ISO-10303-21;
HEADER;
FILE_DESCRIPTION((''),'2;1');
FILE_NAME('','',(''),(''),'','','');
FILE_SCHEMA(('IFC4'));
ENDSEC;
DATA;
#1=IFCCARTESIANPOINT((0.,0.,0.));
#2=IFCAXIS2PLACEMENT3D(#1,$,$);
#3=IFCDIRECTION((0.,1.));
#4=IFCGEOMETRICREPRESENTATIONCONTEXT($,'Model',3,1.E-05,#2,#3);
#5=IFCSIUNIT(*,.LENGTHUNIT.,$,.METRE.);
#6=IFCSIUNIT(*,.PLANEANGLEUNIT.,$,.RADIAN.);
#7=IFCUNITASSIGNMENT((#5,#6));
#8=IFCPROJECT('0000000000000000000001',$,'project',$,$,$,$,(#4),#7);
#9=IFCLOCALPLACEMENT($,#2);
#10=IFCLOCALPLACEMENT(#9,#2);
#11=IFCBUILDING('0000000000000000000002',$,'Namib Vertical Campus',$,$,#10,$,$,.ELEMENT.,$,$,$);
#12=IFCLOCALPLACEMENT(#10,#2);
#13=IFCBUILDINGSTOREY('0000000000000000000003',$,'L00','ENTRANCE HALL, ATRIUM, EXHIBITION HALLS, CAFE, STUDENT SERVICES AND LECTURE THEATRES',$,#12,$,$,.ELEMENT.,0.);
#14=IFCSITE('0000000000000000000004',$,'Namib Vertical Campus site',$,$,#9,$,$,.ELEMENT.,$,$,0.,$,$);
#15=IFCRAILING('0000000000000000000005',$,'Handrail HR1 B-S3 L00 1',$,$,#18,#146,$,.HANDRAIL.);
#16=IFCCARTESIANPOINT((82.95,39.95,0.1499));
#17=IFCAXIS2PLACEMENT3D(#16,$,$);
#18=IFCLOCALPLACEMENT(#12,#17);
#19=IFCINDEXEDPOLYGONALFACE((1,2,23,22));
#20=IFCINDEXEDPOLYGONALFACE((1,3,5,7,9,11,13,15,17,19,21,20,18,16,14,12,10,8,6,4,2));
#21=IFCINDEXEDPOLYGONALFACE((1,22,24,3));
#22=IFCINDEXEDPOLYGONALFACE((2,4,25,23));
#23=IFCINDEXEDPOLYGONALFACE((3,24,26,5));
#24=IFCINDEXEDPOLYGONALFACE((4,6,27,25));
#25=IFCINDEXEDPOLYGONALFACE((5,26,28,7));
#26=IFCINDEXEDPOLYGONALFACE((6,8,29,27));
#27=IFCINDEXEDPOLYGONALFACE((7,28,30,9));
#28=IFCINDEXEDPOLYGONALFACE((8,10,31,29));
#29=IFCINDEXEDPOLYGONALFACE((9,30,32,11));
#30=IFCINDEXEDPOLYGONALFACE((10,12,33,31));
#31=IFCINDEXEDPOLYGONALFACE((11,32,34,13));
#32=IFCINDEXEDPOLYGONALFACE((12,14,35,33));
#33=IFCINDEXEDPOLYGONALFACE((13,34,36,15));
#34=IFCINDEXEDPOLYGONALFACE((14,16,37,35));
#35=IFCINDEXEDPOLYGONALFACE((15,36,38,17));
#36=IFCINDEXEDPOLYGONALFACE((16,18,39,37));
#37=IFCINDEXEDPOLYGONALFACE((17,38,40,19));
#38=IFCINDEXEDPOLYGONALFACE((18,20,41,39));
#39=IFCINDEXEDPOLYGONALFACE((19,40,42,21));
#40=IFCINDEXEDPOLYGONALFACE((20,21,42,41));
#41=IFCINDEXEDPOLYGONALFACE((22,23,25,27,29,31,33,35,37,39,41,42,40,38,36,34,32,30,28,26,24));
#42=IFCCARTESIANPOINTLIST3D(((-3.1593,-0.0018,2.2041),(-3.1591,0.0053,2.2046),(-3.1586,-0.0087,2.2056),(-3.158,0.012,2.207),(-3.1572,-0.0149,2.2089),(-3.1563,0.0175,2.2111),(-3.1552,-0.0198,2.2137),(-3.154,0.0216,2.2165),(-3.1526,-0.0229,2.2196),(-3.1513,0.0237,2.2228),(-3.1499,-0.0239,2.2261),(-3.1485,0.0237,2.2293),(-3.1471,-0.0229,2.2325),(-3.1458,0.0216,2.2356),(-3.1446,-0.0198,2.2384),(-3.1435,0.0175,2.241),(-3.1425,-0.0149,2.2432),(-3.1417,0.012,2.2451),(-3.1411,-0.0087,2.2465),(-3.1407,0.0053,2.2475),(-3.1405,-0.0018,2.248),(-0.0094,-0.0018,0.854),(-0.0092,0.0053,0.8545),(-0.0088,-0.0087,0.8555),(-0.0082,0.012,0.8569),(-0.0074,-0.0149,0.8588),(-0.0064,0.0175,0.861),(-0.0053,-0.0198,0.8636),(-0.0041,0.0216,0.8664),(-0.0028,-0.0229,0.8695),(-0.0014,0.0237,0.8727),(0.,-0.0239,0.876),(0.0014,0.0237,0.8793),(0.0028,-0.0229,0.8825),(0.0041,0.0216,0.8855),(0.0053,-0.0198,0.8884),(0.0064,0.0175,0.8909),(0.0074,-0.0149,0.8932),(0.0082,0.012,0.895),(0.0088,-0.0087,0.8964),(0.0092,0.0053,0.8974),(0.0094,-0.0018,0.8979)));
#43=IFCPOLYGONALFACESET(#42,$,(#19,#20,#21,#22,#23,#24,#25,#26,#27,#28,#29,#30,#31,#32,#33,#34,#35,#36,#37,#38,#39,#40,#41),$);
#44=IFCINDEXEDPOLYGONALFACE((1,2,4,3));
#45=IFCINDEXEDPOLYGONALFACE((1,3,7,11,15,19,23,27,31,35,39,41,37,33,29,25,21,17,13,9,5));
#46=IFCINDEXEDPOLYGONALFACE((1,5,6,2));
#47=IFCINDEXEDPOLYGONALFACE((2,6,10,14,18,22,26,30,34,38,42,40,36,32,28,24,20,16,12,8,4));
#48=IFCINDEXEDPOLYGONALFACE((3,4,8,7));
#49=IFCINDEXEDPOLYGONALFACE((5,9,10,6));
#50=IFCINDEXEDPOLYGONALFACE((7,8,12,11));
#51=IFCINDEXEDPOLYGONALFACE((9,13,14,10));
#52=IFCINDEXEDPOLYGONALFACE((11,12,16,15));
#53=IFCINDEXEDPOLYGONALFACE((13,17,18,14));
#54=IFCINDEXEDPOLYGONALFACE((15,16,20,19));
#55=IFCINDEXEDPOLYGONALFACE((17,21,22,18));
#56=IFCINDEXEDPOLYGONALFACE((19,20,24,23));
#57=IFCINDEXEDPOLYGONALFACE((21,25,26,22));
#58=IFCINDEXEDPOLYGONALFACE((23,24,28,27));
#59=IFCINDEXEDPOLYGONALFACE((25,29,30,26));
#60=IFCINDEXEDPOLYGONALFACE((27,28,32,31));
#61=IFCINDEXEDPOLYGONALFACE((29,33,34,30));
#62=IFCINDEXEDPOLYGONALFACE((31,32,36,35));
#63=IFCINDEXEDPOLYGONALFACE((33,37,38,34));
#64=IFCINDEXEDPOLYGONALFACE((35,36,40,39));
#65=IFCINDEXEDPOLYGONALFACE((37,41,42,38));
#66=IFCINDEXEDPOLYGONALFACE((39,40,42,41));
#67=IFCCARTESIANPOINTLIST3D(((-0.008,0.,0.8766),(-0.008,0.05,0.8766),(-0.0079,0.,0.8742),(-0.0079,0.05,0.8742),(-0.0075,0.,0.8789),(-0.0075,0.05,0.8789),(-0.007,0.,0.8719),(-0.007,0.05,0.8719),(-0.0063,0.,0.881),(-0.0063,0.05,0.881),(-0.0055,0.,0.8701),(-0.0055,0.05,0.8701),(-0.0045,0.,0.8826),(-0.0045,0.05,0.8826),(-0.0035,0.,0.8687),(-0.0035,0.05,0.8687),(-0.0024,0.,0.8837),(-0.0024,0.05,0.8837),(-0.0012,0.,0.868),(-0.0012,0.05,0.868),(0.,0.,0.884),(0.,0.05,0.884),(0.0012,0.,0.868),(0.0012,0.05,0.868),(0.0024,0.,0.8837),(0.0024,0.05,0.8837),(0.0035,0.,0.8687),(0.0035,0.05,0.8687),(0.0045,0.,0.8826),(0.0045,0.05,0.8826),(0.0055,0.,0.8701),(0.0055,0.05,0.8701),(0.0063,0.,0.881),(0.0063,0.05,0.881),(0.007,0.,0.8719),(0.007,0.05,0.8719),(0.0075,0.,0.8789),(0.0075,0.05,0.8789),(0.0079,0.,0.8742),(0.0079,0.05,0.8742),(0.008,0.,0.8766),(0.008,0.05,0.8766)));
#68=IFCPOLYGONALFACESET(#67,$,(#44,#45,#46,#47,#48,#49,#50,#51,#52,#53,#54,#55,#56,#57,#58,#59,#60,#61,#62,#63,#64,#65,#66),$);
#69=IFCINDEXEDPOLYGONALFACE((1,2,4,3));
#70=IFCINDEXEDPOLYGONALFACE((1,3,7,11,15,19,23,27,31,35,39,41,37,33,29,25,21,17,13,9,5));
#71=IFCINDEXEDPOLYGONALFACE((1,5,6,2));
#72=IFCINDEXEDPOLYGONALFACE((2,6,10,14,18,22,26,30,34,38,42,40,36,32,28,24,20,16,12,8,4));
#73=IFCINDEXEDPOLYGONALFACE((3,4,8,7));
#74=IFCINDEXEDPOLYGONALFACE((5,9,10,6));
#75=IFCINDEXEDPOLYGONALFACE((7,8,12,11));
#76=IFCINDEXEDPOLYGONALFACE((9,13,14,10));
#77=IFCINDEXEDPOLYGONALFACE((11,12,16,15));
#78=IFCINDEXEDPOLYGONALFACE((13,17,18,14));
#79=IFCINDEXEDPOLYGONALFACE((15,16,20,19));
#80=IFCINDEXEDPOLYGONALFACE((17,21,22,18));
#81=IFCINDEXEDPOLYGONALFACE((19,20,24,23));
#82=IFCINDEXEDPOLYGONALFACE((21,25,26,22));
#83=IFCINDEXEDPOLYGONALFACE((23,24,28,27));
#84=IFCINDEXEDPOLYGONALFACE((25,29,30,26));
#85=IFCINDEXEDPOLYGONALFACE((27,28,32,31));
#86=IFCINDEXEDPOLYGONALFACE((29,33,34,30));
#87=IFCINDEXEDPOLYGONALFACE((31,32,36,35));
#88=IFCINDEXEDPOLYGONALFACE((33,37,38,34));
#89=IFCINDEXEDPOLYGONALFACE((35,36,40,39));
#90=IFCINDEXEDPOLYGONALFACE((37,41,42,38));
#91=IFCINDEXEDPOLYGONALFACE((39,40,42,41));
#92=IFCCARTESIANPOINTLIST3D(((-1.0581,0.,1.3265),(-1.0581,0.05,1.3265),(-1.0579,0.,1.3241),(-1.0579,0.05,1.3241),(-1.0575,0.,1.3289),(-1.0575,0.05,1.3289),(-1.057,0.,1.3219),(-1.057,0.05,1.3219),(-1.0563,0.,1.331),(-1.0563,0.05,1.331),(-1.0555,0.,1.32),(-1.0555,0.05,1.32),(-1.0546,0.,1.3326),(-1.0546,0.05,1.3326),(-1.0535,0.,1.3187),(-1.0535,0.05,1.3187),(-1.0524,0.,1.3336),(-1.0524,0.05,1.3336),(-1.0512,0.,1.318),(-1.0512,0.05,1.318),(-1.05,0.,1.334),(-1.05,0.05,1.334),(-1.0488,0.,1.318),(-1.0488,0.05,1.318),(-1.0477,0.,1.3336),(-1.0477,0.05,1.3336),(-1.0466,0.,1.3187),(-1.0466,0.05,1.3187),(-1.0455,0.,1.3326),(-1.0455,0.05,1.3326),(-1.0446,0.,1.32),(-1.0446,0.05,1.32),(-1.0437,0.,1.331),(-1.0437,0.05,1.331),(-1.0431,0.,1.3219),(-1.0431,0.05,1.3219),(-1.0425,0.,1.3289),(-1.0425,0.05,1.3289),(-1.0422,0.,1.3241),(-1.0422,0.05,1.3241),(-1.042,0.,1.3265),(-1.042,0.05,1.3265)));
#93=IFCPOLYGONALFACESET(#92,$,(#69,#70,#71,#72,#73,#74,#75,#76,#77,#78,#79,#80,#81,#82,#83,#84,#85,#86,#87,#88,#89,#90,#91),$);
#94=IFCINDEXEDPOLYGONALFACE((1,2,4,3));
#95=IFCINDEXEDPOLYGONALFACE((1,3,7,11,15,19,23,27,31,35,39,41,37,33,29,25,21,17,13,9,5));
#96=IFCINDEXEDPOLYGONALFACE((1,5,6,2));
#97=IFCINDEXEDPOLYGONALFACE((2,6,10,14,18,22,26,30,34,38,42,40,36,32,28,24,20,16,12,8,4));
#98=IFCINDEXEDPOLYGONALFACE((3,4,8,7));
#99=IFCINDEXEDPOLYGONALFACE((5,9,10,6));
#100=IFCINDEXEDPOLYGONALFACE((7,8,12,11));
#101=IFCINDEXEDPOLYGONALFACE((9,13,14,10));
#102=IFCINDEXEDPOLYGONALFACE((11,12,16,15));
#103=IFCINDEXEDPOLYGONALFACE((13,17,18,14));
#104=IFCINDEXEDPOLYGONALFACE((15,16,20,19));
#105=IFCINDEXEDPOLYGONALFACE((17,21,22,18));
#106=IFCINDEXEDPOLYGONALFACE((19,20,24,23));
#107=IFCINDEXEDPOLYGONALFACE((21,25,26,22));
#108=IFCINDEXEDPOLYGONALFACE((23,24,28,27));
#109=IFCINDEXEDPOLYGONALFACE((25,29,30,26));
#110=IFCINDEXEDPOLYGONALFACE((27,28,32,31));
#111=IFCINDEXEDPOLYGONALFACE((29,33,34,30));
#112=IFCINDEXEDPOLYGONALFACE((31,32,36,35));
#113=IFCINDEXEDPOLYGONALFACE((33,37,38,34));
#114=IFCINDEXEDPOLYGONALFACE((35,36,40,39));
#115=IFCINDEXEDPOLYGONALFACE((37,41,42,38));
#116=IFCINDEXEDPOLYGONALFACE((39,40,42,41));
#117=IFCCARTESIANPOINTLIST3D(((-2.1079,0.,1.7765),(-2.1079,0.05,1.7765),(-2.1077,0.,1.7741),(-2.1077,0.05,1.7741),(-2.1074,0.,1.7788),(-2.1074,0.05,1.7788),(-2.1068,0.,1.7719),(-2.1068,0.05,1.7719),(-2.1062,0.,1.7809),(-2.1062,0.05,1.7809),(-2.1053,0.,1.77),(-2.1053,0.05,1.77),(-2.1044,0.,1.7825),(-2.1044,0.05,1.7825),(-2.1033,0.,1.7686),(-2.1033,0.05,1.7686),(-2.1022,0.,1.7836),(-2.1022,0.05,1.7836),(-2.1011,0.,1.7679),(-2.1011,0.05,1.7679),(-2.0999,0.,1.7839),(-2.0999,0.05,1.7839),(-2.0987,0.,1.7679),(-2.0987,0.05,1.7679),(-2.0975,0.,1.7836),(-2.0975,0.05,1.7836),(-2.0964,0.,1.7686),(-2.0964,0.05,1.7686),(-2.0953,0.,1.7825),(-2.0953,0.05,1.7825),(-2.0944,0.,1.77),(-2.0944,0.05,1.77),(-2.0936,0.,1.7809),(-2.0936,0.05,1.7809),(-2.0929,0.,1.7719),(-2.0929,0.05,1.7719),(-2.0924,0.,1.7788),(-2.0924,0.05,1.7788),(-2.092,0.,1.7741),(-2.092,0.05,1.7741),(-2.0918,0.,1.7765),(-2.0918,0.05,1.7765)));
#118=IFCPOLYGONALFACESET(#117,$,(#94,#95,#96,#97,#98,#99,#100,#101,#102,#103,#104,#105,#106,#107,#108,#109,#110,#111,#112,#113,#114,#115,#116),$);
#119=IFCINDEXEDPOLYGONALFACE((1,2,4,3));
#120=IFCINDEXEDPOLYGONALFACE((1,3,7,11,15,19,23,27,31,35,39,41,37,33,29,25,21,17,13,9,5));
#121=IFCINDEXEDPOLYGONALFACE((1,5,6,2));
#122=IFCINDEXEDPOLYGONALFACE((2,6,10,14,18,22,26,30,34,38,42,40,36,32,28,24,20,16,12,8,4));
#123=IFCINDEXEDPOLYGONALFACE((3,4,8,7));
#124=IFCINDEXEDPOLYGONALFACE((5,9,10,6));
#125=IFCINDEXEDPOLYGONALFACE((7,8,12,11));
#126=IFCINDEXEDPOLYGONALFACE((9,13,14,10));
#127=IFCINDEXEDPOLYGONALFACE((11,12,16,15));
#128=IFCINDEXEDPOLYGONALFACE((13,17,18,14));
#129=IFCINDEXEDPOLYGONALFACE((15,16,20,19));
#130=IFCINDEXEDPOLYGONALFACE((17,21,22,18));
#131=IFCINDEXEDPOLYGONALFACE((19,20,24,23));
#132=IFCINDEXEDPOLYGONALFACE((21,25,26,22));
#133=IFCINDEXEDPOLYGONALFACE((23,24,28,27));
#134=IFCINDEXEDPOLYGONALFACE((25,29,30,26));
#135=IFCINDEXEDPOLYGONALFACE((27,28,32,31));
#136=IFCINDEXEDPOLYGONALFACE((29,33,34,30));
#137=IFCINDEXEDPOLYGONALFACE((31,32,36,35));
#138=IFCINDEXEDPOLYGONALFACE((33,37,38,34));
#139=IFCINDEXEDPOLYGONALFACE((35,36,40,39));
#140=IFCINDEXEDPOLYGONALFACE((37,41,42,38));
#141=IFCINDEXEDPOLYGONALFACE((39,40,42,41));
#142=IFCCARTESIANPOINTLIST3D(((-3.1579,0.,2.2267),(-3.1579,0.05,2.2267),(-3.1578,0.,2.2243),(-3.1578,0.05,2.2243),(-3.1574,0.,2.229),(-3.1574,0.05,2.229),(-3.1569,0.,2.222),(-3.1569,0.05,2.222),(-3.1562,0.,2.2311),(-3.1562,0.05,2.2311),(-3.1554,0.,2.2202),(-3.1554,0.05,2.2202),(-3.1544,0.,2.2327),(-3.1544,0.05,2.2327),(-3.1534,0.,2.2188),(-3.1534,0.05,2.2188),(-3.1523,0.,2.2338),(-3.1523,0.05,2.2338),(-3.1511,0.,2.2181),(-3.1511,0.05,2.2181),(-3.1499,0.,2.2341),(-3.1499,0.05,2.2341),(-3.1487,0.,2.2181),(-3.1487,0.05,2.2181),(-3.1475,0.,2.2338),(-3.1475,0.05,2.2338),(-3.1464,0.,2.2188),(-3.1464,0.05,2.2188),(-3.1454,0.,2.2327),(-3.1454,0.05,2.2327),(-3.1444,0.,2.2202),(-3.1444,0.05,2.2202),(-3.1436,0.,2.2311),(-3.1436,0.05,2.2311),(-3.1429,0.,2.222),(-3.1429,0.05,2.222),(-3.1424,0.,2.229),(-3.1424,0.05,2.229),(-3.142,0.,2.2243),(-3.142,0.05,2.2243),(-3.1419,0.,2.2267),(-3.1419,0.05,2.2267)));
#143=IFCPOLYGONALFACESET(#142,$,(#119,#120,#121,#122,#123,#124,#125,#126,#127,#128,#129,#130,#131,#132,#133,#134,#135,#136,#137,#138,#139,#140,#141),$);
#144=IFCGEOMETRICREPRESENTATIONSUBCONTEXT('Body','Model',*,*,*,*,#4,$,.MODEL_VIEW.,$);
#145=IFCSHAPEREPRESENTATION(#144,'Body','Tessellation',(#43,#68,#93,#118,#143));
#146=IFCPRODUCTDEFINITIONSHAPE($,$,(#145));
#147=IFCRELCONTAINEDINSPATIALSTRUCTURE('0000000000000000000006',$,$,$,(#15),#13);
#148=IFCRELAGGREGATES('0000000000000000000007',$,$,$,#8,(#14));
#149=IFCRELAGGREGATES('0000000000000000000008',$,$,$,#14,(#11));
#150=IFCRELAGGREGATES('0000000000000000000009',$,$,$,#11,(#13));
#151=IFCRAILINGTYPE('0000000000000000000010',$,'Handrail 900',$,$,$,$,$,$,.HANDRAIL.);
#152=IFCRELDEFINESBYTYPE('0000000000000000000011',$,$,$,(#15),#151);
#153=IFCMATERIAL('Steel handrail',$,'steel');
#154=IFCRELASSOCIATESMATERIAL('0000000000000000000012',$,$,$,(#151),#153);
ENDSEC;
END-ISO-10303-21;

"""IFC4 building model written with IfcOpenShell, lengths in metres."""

from ifc_helpers import new_model, si_unit, direction, frame, origin, origin_2d, place, context, subcontext, project, spatial, circle, extrude, material, type_object, element, save


model = new_model("IFC4")

# Units and contexts
model_context = context("Model", 3, precision=1e-05, world=origin(), true_north=direction((0.0, 1.0)))
body_context = subcontext(model_context, "Body", "Model", "MODEL_VIEW")
ifc_project = project(units=[si_unit("LENGTHUNIT", "METRE"), si_unit("PLANEANGLEUNIT", "RADIAN")], contexts=[model_context])

# Site, building, storey
site_placement = place(None, origin())
site = spatial("IfcSite", under=ifc_project, at=site_placement, Name="Namib Vertical Campus site", CompositionType="ELEMENT", RefElevation=0.0)
building_placement = place(site_placement, origin())
building = spatial("IfcBuilding", under=site, at=building_placement, Name="Namib Vertical Campus", CompositionType="ELEMENT")
storey_placement = place(building_placement, origin())
storey = spatial("IfcBuildingStorey", under=building, at=storey_placement, Name="L00", Description="ENTRANCE HALL, ATRIUM, EXHIBITION HALLS, CAFE, STUDENT SERVICES AND LECTURE THEATRES", CompositionType="ELEMENT", Elevation=0.0)

# Railing
ifc_material_1 = material(Name="Steel handrail", Category="steel")
railing_type_1 = type_object("IfcRailingType", Name="Handrail 900", PredefinedType="HANDRAIL", material=ifc_material_1)
for number, where, name in (
    (1, (82.95, 39.95, 0.1499), "Handrail HR1 B-S3 L00 1"),
):
    element("IfcRailing", number, at=place(storey_placement, frame(where)), inside=storey, type_object=railing_type_1, Name=name, PredefinedType="HANDRAIL", context=body_context, shape_type="SweptSolid", body=[
        extrude(circle(Radius=0.0239, at=origin_2d()), frame((0.0, 0.0, 0.876), z_axis=(-0.91913, 0.0, 0.393954), x_axis=(0.0, -1.0, 0.0)), (0.0, 0.0, 1.0), 3.427),
        extrude(circle(Radius=0.0081, at=origin_2d()), frame((0.0, 0.0, 0.876), z_axis=(0.0, 1.0, 0.0), x_axis=(0.0, 0.0, 1.0)), (0.0, 0.0, 1.0), 0.05),
        extrude(circle(Radius=0.0081, at=origin_2d()), frame((-1.05, 0.0, 1.3259), z_axis=(0.0, 1.0, 0.0), x_axis=(0.0, 0.0, 1.0)), (0.0, 0.0, 1.0), 0.05),
        extrude(circle(Radius=0.0081, at=origin_2d()), frame((-2.0999, 0.0, 1.7759), z_axis=(0.0, 1.0, 0.0), x_axis=(0.0, 0.0, 1.0)), (0.0, 0.0, 1.0), 0.05),
        extrude(circle(Radius=0.0081, at=origin_2d()), frame((-3.1499, 0.0, 2.2261), z_axis=(0.0, 1.0, 0.0), x_axis=(0.0, 0.0, 1.0)), (0.0, 0.0, 1.0), 0.05),
    ])

save(model, "model.ifc")
